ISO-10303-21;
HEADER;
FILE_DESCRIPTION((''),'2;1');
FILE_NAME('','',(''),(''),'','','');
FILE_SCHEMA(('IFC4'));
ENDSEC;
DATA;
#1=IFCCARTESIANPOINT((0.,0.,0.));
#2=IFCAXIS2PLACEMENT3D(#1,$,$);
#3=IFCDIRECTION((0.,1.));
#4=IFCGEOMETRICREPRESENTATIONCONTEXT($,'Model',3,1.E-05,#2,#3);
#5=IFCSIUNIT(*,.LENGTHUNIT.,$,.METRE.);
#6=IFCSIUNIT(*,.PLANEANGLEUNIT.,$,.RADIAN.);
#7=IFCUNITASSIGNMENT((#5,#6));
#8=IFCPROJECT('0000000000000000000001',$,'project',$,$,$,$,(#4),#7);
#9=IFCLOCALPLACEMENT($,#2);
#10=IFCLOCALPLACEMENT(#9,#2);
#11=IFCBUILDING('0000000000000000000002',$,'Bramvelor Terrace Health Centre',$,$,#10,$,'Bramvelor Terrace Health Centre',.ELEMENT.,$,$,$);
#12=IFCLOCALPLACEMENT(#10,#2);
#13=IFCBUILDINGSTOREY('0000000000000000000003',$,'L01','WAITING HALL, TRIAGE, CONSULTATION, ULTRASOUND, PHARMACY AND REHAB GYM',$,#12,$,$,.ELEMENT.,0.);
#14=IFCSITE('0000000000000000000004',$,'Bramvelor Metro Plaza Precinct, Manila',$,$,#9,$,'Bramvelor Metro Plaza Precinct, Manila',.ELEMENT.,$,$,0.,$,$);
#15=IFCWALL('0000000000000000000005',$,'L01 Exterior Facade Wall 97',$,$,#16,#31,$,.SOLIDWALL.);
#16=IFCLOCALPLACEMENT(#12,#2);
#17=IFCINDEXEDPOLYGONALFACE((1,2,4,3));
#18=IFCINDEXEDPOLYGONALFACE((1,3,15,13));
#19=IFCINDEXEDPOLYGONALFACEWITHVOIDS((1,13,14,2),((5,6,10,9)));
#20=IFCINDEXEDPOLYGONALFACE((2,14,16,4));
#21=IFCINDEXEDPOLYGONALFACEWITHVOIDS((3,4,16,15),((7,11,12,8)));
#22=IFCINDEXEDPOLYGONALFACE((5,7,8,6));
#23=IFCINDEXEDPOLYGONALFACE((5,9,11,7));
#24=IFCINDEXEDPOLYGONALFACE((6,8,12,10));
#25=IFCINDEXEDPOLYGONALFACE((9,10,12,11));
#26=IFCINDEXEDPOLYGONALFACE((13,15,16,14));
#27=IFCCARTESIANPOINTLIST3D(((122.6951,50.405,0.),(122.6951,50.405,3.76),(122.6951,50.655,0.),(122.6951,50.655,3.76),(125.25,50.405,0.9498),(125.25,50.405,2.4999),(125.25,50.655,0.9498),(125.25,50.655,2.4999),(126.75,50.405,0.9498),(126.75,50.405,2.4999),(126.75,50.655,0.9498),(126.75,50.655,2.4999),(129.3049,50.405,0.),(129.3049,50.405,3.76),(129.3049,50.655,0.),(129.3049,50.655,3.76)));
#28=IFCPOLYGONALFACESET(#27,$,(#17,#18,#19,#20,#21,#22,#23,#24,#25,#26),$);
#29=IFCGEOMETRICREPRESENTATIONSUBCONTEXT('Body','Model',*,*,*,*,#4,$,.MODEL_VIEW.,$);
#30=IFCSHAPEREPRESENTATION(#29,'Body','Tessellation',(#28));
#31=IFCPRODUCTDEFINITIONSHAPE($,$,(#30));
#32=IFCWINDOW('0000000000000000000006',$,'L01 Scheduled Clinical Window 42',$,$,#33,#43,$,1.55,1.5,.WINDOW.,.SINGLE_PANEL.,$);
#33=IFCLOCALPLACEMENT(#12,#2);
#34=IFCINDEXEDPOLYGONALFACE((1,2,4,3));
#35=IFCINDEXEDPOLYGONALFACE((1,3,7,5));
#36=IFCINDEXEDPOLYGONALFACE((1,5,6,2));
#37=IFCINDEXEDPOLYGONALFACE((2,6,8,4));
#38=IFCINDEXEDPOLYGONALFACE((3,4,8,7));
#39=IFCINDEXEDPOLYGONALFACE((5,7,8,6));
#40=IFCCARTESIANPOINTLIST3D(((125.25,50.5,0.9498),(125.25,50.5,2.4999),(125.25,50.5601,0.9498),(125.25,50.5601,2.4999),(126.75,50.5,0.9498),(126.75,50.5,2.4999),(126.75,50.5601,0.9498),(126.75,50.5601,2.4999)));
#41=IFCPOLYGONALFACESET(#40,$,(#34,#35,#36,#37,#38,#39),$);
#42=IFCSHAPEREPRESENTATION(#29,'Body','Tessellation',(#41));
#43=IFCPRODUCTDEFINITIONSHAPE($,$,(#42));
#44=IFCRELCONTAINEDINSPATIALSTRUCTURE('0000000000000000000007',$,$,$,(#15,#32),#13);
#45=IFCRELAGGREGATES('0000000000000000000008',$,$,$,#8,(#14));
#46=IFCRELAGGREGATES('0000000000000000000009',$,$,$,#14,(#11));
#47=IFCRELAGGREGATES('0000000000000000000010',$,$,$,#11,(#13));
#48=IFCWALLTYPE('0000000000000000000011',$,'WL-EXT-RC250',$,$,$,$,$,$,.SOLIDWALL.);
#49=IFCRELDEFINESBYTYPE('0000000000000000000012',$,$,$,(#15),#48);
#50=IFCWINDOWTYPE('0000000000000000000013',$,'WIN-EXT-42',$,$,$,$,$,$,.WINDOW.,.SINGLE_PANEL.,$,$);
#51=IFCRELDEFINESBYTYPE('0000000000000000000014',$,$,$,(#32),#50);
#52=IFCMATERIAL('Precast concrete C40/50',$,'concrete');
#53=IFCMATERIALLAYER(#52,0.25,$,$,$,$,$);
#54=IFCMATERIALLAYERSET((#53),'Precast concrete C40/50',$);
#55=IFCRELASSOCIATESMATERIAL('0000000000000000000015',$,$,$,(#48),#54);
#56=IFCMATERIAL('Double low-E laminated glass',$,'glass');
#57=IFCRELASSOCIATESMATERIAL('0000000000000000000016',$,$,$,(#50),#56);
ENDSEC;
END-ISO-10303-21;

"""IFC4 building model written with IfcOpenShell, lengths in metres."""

from ifc_helpers import new_model, si_unit, direction, frame, frame_2d, origin, place, context, subcontext, project, spatial, rectangle, extrude, material, layer, layer_set, type_object, element, fill, save


model = new_model("IFC4")

# Units and contexts
model_context = context("Model", 3, precision=1e-05, world=origin(), true_north=direction((0.0, 1.0)))
body_context = subcontext(model_context, "Body", "Model", "MODEL_VIEW")
ifc_project = project(units=[si_unit("LENGTHUNIT", "METRE"), si_unit("PLANEANGLEUNIT", "RADIAN")], contexts=[model_context])

# Site, building, storey
site_placement = place(None, origin())
site = spatial("IfcSite", under=ifc_project, at=site_placement, Name="Bramvelor Metro Plaza Precinct, Manila", LongName="Bramvelor Metro Plaza Precinct, Manila", CompositionType="ELEMENT", RefElevation=0.0)
building_placement = place(site_placement, origin())
building = spatial("IfcBuilding", under=site, at=building_placement, Name="Bramvelor Terrace Health Centre", LongName="Bramvelor Terrace Health Centre", CompositionType="ELEMENT")
storey_placement = place(building_placement, origin())
storey = spatial("IfcBuildingStorey", under=building, at=storey_placement, Name="L01", Description="WAITING HALL, TRIAGE, CONSULTATION, ULTRASOUND, PHARMACY AND REHAB GYM", CompositionType="ELEMENT", Elevation=0.0)

# Wall, opening, window
ifc_material_1 = material(Name="Precast concrete C40/50", Category="concrete")
ifc_layer_1 = layer(ifc_material_1, 0.25)
ifc_layer_set_1 = layer_set([ifc_layer_1], Name="Precast concrete C40/50")
wall_type = type_object("IfcWallType", Name="WL-EXT-RC250", PredefinedType="SOLIDWALL", material=ifc_layer_set_1)
wall_placement = place(storey_placement, frame((129.3049, 50.53, 0.0), z_axis=(0.0, 0.0, 1.0), x_axis=(-1.0, 0.0, 0.0)))
wall = element("IfcWall", 1, at=wall_placement, inside=storey, type_object=wall_type, Name="L01 Exterior Facade Wall 97", PredefinedType="SOLIDWALL", context=body_context, shape_type="SweptSolid", body=[
    extrude(rectangle(XDim=6.6099, YDim=0.25, at=frame_2d((3.3049, 0.0))), origin(), (0.0, 0.0, 1.0), 3.76),
])
opening_placement = place(wall_placement, frame((2.5549, 0.0, 0.95)))
opening = element("IfcOpeningElement", 2, at=opening_placement, cuts=wall, PredefinedType="OPENING", context=body_context, shape_type="SweptSolid", body=[
    extrude(rectangle(XDim=1.5, YDim=1.55, at=frame_2d((0.75, 0.7749))), frame((0.0, 0.135, 0.0), z_axis=(0.0, -1.0, 0.0), x_axis=(1.0, 0.0, 0.0)), (0.0, 0.0, 1.0), 0.27),
])
ifc_material_2 = material(Name="Double low-E laminated glass", Category="glass")
window_type = type_object("IfcWindowType", Name="WIN-EXT-42", PartitioningType="SINGLE_PANEL", PredefinedType="WINDOW", material=ifc_material_2)
window_placement = place(opening_placement, origin())
window = element("IfcWindow", 3, at=window_placement, inside=storey, type_object=window_type, Name="L01 Scheduled Clinical Window 42", OverallHeight=1.55, OverallWidth=1.5, PartitioningType="SINGLE_PANEL", PredefinedType="WINDOW", context=body_context, shape_type="SweptSolid", body=[
    extrude(rectangle(XDim=1.5, YDim=1.55, at=frame_2d((0.75, 0.7749))), frame((0.0, 0.03, 0.0), z_axis=(0.0, -1.0, 0.0), x_axis=(1.0, 0.0, 0.0)), (0.0, 0.0, 1.0), 0.0601),
])
fill(opening, window)

save(model, "model.ifc")
